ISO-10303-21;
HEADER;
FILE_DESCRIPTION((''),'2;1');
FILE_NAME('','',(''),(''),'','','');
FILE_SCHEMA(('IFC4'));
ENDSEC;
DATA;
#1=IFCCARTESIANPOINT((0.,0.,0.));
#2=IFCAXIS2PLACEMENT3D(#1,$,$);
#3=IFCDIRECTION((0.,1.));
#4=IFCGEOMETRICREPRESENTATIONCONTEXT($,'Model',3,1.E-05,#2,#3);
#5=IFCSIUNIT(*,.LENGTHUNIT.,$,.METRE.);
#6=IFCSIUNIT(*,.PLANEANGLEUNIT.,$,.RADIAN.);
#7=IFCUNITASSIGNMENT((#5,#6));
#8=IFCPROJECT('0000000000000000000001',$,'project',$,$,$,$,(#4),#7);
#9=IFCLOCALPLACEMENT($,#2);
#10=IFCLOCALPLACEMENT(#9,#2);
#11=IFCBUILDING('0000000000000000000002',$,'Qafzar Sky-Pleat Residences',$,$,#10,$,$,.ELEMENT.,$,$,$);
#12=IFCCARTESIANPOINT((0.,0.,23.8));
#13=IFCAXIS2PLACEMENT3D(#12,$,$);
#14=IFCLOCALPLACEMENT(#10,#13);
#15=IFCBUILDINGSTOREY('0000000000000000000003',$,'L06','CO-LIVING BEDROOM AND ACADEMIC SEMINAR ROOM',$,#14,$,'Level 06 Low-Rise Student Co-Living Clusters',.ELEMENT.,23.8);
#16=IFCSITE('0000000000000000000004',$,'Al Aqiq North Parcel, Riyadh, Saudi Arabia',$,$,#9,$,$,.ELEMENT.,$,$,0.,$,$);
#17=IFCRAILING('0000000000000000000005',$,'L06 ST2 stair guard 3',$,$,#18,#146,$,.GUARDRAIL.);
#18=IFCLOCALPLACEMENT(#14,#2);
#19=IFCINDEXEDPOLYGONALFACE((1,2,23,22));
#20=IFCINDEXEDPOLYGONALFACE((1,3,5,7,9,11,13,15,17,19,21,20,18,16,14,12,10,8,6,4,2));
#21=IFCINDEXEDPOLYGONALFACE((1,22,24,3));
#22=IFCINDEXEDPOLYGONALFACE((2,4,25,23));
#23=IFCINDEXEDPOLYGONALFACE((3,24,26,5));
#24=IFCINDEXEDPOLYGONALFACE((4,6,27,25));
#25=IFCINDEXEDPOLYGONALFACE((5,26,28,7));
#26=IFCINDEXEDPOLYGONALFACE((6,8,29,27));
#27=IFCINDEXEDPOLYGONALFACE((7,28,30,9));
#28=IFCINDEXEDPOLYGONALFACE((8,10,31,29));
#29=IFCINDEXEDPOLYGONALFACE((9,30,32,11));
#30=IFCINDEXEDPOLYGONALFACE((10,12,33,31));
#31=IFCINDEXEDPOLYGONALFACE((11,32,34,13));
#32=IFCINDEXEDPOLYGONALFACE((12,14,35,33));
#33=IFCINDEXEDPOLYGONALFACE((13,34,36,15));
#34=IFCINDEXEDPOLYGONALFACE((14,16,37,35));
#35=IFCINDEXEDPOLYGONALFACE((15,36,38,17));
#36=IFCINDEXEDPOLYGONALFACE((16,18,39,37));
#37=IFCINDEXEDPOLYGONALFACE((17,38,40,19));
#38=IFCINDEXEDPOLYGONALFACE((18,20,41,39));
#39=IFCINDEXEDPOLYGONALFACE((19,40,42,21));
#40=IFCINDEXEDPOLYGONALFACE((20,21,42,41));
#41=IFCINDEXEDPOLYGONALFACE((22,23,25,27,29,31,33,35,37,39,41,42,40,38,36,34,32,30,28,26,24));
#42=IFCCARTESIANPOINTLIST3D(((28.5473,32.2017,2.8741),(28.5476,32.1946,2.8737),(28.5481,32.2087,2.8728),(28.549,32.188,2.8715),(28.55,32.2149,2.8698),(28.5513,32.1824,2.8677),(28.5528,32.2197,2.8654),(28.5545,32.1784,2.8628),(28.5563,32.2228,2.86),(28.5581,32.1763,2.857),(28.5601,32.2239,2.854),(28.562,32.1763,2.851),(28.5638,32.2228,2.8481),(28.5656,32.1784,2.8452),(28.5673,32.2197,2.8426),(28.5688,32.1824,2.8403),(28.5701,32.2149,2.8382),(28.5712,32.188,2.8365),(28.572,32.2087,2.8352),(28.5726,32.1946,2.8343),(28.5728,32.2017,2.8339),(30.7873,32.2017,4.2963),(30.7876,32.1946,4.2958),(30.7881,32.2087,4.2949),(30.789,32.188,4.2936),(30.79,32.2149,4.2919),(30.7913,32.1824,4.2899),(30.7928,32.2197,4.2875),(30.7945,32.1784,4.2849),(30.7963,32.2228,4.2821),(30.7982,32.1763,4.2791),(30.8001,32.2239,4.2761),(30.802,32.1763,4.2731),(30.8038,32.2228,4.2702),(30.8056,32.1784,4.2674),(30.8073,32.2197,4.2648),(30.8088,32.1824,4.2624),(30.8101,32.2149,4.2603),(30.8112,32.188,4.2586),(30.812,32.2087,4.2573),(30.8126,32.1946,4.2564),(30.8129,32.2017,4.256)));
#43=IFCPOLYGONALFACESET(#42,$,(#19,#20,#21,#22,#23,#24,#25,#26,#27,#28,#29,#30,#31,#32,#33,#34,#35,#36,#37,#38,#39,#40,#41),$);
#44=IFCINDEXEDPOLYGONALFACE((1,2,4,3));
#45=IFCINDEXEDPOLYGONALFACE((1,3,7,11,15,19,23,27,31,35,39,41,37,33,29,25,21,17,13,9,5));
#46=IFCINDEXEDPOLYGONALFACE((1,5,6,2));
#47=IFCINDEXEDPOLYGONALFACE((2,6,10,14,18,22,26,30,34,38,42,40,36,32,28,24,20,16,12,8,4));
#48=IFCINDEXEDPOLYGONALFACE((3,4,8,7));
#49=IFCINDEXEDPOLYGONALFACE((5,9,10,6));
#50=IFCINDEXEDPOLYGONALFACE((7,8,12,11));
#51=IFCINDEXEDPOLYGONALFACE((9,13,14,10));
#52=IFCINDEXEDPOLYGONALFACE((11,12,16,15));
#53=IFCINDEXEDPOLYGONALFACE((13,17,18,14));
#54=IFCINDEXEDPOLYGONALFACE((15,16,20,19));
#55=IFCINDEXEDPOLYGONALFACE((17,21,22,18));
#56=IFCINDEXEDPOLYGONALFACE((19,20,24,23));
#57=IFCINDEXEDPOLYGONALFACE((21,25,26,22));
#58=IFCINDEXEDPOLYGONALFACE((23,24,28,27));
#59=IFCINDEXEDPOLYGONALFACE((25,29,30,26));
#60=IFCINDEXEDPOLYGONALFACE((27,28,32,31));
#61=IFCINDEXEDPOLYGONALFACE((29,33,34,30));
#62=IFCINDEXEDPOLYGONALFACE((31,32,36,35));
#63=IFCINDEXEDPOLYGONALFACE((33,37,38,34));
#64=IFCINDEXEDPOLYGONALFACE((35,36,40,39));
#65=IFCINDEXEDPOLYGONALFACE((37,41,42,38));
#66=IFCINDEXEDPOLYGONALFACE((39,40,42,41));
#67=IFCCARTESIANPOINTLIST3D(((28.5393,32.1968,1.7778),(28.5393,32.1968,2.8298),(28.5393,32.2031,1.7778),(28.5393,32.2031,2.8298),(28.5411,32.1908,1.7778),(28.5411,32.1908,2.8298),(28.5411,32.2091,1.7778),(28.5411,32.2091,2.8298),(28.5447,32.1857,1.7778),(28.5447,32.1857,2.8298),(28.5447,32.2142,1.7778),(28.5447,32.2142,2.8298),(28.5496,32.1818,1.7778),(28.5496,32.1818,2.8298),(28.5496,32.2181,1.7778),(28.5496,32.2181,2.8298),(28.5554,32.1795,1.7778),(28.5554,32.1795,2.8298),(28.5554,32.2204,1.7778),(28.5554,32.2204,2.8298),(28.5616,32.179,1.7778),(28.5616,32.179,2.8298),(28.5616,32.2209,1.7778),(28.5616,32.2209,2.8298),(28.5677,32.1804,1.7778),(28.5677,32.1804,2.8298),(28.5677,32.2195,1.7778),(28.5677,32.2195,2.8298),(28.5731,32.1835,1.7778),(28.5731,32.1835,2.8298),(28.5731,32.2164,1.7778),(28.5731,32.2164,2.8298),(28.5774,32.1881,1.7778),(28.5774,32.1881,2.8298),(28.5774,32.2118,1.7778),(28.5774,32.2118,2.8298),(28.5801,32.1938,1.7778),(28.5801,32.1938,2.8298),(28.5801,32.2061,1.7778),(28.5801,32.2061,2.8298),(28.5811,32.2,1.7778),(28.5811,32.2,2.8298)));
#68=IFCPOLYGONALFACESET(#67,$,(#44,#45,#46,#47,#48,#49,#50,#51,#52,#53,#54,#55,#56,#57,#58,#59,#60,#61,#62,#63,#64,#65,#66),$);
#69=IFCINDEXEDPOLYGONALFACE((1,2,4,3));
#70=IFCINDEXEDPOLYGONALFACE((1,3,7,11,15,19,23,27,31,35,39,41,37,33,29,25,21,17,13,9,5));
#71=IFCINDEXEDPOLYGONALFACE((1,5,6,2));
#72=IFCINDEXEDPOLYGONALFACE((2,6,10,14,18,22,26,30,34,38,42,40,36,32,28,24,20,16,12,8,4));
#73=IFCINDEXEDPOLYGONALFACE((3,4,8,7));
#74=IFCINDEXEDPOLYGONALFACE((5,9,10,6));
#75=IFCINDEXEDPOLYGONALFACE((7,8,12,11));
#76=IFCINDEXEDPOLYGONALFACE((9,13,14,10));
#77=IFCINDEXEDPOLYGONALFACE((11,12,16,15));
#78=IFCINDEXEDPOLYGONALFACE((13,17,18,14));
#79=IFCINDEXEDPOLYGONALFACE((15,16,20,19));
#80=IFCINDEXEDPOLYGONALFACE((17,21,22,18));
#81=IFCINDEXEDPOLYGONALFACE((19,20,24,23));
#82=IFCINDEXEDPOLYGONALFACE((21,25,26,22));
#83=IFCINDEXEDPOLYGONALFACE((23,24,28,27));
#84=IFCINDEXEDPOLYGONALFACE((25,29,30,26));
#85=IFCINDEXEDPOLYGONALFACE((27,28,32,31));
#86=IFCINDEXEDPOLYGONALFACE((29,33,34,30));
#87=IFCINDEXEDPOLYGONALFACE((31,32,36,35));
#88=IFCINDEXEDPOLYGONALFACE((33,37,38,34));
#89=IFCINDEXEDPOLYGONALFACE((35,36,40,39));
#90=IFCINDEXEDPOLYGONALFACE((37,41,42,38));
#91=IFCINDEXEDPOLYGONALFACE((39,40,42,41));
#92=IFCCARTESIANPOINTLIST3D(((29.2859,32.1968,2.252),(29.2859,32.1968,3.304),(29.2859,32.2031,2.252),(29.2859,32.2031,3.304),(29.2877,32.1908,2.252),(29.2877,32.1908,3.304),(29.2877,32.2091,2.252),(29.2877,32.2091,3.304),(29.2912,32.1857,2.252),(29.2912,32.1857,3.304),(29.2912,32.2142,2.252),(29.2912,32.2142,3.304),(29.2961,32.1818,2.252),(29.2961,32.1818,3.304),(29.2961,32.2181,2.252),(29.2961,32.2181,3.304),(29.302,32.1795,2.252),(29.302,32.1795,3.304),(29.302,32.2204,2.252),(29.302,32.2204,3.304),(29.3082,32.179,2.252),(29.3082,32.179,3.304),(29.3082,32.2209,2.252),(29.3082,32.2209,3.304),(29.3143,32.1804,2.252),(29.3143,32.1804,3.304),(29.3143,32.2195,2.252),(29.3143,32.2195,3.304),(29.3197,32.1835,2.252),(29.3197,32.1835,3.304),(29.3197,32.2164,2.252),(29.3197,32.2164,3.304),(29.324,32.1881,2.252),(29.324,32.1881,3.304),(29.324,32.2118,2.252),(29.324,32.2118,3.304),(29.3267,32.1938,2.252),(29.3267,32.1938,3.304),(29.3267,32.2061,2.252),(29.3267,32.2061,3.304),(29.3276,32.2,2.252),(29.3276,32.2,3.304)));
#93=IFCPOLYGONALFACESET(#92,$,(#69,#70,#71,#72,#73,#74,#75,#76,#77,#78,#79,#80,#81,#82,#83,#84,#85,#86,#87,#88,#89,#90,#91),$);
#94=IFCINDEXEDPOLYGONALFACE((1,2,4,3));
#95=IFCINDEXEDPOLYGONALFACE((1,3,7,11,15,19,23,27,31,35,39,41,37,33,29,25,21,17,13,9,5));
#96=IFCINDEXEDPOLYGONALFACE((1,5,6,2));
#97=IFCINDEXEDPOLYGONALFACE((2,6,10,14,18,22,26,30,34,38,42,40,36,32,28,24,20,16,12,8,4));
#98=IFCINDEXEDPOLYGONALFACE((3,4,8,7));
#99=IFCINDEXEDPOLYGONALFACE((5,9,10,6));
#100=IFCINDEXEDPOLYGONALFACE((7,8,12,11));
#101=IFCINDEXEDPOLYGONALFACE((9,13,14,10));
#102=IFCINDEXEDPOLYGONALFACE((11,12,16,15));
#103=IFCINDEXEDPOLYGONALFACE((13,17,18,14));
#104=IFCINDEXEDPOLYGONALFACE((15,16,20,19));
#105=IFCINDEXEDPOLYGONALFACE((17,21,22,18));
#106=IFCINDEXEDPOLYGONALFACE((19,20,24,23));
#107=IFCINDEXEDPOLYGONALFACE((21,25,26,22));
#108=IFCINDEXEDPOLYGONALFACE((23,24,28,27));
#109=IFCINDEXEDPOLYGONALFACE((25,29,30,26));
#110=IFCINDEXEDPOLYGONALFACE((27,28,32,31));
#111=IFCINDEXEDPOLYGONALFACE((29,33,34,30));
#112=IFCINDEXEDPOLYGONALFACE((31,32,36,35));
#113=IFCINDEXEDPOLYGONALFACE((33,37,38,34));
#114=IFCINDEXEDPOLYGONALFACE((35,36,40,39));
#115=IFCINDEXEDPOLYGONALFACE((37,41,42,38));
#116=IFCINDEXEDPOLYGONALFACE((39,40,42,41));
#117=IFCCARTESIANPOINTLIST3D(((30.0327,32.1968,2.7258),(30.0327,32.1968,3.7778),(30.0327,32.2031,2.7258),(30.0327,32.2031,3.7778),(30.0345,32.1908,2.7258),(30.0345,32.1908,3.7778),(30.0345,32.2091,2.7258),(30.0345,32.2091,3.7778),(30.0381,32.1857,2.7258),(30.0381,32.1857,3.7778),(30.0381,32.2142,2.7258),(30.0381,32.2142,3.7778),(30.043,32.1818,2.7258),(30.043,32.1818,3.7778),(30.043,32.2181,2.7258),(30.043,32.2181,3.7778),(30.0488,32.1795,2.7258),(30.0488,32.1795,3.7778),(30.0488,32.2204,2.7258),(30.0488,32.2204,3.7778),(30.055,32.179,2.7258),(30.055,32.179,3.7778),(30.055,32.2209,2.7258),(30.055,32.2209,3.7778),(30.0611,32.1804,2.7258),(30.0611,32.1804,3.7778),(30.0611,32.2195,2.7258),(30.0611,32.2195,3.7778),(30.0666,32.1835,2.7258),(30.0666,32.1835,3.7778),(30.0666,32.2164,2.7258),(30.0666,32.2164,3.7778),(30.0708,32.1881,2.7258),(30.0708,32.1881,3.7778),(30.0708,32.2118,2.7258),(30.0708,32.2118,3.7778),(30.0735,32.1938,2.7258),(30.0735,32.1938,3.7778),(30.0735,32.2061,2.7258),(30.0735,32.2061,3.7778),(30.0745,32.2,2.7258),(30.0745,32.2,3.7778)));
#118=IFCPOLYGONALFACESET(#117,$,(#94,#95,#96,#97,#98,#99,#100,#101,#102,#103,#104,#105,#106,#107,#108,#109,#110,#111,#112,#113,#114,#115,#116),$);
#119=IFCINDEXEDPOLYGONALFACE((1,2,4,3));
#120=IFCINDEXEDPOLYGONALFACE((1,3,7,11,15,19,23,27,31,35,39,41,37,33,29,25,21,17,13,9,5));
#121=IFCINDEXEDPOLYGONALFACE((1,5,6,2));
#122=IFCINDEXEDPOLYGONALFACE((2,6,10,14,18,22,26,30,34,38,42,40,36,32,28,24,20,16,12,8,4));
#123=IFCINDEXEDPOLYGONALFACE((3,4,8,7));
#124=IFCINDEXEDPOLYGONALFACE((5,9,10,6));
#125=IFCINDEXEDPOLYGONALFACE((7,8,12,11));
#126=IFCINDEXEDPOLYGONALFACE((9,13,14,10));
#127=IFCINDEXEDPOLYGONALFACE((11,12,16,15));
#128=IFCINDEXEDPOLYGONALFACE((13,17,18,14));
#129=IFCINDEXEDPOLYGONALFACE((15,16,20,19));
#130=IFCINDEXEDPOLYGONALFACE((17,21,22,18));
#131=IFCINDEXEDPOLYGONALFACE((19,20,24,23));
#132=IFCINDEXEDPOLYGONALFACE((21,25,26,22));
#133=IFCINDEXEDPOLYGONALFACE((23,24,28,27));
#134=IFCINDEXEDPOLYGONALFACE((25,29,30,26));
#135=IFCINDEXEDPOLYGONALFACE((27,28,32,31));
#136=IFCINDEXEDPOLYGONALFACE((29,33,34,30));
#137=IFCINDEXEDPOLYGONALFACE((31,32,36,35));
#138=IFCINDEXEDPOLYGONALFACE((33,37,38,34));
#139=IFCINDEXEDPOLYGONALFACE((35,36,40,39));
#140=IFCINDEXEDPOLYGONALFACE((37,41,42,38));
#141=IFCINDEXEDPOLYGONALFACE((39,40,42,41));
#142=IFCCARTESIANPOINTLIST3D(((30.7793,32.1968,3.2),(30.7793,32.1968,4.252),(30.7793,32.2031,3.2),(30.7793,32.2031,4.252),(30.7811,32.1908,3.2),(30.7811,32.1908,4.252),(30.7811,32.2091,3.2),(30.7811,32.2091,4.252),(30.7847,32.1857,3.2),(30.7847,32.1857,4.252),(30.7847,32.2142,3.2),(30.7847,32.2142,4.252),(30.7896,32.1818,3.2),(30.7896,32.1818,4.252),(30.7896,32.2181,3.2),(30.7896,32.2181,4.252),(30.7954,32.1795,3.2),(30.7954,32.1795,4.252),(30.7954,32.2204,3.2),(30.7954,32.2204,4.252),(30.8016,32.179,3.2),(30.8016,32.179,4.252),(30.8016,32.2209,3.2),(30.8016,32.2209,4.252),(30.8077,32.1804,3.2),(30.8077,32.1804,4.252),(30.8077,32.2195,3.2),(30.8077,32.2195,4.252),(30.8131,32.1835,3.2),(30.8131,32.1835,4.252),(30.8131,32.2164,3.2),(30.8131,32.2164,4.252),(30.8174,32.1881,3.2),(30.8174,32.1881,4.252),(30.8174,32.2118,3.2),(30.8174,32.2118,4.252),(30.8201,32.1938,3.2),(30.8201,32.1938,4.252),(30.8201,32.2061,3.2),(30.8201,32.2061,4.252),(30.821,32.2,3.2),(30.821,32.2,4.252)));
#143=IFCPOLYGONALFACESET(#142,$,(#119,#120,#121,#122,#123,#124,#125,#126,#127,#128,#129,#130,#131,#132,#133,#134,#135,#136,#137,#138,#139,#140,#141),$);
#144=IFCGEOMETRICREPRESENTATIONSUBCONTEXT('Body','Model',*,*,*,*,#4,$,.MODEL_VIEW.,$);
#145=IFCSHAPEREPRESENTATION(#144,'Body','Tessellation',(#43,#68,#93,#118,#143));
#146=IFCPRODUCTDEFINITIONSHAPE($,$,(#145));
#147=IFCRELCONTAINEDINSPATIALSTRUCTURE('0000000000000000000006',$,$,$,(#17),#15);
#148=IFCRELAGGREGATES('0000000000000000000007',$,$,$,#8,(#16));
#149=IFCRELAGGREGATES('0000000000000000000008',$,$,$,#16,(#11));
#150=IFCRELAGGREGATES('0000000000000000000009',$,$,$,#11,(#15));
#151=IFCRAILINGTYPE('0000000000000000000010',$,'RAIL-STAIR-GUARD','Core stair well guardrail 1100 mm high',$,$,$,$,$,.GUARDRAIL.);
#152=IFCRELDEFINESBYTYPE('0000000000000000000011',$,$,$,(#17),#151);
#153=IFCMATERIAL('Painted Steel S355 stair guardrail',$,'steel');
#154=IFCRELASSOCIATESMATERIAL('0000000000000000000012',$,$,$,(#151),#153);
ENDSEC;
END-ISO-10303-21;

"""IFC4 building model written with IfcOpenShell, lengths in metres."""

from ifc_helpers import new_model, si_unit, direction, frame, origin, origin_2d, place, context, subcontext, project, spatial, circle, extrude, source, transform, mapped, material, type_object, element, save


model = new_model("IFC4")

# Units and contexts
model_context = context("Model", 3, precision=1e-05, world=origin(), true_north=direction((0.0, 1.0)))
body_context = subcontext(model_context, "Body", "Model", "MODEL_VIEW")
ifc_project = project(units=[si_unit("LENGTHUNIT", "METRE"), si_unit("PLANEANGLEUNIT", "RADIAN")], contexts=[model_context])

# Site, building, storey
site_placement = place(None, origin())
site = spatial("IfcSite", under=ifc_project, at=site_placement, Name="Al Aqiq North Parcel, Riyadh, Saudi Arabia", CompositionType="ELEMENT", RefElevation=0.0)
building_placement = place(site_placement, origin())
building = spatial("IfcBuilding", under=site, at=building_placement, Name="Qafzar Sky-Pleat Residences", CompositionType="ELEMENT")
storey_placement = place(building_placement, frame((0.0, 0.0, 23.8)))
storey = spatial("IfcBuildingStorey", under=building, at=storey_placement, Name="L06", Description="CO-LIVING BEDROOM AND ACADEMIC SEMINAR ROOM", LongName="Level 06 Low-Rise Student Co-Living Clusters", CompositionType="ELEMENT", Elevation=23.8)

# Railing
ifc_material_1 = material(Name="Painted Steel S355 stair guardrail", Category="steel")
railing_type = type_object("IfcRailingType", Name="RAIL-STAIR-GUARD", Description="Core stair well guardrail 1100 mm high", PredefinedType="GUARDRAIL", material=ifc_material_1)
shared_shape_1 = source(origin(), body_context, "Body", "SweptSolid", [
    extrude(circle(Radius=0.0239, at=origin_2d()), frame((0.0, 0.0, 1.0762), z_axis=(0.844229, 0.0, 0.535982), x_axis=(0.0, 1.0, 0.0)), (0.0, 0.0, 1.0), 2.6533),
    extrude(circle(Radius=0.021, at=origin_2d()), origin(), (0.0, 0.0, 1.0), 1.052),
    extrude(circle(Radius=0.021, at=origin_2d()), frame((0.7466, 0.0, 0.4741)), (0.0, 0.0, 1.0), 1.052),
    extrude(circle(Radius=0.021, at=origin_2d()), frame((1.4934, 0.0, 0.948)), (0.0, 0.0, 1.0), 1.052),
    extrude(circle(Radius=0.021, at=origin_2d()), frame((2.24, 0.0, 1.4221)), (0.0, 0.0, 1.0), 1.052),
])
railing_1_placement = place(storey_placement, frame((28.5601, 32.2, 1.7778)))
element("IfcRailing", 1, at=railing_1_placement, inside=storey, type_object=railing_type, Name="L06 ST2 stair guard 3", PredefinedType="GUARDRAIL", context=body_context, shape_type="MappedRepresentation", body=[
    mapped(shared_shape_1, transform((0.0, 0.0, 0.0), x_axis=(1.0, 0.0, 0.0), y_axis=(0.0, 1.0, 0.0), z_axis=(0.0, 0.0, 1.0), scale=1.0)),
])

save(model, "model.ifc")
